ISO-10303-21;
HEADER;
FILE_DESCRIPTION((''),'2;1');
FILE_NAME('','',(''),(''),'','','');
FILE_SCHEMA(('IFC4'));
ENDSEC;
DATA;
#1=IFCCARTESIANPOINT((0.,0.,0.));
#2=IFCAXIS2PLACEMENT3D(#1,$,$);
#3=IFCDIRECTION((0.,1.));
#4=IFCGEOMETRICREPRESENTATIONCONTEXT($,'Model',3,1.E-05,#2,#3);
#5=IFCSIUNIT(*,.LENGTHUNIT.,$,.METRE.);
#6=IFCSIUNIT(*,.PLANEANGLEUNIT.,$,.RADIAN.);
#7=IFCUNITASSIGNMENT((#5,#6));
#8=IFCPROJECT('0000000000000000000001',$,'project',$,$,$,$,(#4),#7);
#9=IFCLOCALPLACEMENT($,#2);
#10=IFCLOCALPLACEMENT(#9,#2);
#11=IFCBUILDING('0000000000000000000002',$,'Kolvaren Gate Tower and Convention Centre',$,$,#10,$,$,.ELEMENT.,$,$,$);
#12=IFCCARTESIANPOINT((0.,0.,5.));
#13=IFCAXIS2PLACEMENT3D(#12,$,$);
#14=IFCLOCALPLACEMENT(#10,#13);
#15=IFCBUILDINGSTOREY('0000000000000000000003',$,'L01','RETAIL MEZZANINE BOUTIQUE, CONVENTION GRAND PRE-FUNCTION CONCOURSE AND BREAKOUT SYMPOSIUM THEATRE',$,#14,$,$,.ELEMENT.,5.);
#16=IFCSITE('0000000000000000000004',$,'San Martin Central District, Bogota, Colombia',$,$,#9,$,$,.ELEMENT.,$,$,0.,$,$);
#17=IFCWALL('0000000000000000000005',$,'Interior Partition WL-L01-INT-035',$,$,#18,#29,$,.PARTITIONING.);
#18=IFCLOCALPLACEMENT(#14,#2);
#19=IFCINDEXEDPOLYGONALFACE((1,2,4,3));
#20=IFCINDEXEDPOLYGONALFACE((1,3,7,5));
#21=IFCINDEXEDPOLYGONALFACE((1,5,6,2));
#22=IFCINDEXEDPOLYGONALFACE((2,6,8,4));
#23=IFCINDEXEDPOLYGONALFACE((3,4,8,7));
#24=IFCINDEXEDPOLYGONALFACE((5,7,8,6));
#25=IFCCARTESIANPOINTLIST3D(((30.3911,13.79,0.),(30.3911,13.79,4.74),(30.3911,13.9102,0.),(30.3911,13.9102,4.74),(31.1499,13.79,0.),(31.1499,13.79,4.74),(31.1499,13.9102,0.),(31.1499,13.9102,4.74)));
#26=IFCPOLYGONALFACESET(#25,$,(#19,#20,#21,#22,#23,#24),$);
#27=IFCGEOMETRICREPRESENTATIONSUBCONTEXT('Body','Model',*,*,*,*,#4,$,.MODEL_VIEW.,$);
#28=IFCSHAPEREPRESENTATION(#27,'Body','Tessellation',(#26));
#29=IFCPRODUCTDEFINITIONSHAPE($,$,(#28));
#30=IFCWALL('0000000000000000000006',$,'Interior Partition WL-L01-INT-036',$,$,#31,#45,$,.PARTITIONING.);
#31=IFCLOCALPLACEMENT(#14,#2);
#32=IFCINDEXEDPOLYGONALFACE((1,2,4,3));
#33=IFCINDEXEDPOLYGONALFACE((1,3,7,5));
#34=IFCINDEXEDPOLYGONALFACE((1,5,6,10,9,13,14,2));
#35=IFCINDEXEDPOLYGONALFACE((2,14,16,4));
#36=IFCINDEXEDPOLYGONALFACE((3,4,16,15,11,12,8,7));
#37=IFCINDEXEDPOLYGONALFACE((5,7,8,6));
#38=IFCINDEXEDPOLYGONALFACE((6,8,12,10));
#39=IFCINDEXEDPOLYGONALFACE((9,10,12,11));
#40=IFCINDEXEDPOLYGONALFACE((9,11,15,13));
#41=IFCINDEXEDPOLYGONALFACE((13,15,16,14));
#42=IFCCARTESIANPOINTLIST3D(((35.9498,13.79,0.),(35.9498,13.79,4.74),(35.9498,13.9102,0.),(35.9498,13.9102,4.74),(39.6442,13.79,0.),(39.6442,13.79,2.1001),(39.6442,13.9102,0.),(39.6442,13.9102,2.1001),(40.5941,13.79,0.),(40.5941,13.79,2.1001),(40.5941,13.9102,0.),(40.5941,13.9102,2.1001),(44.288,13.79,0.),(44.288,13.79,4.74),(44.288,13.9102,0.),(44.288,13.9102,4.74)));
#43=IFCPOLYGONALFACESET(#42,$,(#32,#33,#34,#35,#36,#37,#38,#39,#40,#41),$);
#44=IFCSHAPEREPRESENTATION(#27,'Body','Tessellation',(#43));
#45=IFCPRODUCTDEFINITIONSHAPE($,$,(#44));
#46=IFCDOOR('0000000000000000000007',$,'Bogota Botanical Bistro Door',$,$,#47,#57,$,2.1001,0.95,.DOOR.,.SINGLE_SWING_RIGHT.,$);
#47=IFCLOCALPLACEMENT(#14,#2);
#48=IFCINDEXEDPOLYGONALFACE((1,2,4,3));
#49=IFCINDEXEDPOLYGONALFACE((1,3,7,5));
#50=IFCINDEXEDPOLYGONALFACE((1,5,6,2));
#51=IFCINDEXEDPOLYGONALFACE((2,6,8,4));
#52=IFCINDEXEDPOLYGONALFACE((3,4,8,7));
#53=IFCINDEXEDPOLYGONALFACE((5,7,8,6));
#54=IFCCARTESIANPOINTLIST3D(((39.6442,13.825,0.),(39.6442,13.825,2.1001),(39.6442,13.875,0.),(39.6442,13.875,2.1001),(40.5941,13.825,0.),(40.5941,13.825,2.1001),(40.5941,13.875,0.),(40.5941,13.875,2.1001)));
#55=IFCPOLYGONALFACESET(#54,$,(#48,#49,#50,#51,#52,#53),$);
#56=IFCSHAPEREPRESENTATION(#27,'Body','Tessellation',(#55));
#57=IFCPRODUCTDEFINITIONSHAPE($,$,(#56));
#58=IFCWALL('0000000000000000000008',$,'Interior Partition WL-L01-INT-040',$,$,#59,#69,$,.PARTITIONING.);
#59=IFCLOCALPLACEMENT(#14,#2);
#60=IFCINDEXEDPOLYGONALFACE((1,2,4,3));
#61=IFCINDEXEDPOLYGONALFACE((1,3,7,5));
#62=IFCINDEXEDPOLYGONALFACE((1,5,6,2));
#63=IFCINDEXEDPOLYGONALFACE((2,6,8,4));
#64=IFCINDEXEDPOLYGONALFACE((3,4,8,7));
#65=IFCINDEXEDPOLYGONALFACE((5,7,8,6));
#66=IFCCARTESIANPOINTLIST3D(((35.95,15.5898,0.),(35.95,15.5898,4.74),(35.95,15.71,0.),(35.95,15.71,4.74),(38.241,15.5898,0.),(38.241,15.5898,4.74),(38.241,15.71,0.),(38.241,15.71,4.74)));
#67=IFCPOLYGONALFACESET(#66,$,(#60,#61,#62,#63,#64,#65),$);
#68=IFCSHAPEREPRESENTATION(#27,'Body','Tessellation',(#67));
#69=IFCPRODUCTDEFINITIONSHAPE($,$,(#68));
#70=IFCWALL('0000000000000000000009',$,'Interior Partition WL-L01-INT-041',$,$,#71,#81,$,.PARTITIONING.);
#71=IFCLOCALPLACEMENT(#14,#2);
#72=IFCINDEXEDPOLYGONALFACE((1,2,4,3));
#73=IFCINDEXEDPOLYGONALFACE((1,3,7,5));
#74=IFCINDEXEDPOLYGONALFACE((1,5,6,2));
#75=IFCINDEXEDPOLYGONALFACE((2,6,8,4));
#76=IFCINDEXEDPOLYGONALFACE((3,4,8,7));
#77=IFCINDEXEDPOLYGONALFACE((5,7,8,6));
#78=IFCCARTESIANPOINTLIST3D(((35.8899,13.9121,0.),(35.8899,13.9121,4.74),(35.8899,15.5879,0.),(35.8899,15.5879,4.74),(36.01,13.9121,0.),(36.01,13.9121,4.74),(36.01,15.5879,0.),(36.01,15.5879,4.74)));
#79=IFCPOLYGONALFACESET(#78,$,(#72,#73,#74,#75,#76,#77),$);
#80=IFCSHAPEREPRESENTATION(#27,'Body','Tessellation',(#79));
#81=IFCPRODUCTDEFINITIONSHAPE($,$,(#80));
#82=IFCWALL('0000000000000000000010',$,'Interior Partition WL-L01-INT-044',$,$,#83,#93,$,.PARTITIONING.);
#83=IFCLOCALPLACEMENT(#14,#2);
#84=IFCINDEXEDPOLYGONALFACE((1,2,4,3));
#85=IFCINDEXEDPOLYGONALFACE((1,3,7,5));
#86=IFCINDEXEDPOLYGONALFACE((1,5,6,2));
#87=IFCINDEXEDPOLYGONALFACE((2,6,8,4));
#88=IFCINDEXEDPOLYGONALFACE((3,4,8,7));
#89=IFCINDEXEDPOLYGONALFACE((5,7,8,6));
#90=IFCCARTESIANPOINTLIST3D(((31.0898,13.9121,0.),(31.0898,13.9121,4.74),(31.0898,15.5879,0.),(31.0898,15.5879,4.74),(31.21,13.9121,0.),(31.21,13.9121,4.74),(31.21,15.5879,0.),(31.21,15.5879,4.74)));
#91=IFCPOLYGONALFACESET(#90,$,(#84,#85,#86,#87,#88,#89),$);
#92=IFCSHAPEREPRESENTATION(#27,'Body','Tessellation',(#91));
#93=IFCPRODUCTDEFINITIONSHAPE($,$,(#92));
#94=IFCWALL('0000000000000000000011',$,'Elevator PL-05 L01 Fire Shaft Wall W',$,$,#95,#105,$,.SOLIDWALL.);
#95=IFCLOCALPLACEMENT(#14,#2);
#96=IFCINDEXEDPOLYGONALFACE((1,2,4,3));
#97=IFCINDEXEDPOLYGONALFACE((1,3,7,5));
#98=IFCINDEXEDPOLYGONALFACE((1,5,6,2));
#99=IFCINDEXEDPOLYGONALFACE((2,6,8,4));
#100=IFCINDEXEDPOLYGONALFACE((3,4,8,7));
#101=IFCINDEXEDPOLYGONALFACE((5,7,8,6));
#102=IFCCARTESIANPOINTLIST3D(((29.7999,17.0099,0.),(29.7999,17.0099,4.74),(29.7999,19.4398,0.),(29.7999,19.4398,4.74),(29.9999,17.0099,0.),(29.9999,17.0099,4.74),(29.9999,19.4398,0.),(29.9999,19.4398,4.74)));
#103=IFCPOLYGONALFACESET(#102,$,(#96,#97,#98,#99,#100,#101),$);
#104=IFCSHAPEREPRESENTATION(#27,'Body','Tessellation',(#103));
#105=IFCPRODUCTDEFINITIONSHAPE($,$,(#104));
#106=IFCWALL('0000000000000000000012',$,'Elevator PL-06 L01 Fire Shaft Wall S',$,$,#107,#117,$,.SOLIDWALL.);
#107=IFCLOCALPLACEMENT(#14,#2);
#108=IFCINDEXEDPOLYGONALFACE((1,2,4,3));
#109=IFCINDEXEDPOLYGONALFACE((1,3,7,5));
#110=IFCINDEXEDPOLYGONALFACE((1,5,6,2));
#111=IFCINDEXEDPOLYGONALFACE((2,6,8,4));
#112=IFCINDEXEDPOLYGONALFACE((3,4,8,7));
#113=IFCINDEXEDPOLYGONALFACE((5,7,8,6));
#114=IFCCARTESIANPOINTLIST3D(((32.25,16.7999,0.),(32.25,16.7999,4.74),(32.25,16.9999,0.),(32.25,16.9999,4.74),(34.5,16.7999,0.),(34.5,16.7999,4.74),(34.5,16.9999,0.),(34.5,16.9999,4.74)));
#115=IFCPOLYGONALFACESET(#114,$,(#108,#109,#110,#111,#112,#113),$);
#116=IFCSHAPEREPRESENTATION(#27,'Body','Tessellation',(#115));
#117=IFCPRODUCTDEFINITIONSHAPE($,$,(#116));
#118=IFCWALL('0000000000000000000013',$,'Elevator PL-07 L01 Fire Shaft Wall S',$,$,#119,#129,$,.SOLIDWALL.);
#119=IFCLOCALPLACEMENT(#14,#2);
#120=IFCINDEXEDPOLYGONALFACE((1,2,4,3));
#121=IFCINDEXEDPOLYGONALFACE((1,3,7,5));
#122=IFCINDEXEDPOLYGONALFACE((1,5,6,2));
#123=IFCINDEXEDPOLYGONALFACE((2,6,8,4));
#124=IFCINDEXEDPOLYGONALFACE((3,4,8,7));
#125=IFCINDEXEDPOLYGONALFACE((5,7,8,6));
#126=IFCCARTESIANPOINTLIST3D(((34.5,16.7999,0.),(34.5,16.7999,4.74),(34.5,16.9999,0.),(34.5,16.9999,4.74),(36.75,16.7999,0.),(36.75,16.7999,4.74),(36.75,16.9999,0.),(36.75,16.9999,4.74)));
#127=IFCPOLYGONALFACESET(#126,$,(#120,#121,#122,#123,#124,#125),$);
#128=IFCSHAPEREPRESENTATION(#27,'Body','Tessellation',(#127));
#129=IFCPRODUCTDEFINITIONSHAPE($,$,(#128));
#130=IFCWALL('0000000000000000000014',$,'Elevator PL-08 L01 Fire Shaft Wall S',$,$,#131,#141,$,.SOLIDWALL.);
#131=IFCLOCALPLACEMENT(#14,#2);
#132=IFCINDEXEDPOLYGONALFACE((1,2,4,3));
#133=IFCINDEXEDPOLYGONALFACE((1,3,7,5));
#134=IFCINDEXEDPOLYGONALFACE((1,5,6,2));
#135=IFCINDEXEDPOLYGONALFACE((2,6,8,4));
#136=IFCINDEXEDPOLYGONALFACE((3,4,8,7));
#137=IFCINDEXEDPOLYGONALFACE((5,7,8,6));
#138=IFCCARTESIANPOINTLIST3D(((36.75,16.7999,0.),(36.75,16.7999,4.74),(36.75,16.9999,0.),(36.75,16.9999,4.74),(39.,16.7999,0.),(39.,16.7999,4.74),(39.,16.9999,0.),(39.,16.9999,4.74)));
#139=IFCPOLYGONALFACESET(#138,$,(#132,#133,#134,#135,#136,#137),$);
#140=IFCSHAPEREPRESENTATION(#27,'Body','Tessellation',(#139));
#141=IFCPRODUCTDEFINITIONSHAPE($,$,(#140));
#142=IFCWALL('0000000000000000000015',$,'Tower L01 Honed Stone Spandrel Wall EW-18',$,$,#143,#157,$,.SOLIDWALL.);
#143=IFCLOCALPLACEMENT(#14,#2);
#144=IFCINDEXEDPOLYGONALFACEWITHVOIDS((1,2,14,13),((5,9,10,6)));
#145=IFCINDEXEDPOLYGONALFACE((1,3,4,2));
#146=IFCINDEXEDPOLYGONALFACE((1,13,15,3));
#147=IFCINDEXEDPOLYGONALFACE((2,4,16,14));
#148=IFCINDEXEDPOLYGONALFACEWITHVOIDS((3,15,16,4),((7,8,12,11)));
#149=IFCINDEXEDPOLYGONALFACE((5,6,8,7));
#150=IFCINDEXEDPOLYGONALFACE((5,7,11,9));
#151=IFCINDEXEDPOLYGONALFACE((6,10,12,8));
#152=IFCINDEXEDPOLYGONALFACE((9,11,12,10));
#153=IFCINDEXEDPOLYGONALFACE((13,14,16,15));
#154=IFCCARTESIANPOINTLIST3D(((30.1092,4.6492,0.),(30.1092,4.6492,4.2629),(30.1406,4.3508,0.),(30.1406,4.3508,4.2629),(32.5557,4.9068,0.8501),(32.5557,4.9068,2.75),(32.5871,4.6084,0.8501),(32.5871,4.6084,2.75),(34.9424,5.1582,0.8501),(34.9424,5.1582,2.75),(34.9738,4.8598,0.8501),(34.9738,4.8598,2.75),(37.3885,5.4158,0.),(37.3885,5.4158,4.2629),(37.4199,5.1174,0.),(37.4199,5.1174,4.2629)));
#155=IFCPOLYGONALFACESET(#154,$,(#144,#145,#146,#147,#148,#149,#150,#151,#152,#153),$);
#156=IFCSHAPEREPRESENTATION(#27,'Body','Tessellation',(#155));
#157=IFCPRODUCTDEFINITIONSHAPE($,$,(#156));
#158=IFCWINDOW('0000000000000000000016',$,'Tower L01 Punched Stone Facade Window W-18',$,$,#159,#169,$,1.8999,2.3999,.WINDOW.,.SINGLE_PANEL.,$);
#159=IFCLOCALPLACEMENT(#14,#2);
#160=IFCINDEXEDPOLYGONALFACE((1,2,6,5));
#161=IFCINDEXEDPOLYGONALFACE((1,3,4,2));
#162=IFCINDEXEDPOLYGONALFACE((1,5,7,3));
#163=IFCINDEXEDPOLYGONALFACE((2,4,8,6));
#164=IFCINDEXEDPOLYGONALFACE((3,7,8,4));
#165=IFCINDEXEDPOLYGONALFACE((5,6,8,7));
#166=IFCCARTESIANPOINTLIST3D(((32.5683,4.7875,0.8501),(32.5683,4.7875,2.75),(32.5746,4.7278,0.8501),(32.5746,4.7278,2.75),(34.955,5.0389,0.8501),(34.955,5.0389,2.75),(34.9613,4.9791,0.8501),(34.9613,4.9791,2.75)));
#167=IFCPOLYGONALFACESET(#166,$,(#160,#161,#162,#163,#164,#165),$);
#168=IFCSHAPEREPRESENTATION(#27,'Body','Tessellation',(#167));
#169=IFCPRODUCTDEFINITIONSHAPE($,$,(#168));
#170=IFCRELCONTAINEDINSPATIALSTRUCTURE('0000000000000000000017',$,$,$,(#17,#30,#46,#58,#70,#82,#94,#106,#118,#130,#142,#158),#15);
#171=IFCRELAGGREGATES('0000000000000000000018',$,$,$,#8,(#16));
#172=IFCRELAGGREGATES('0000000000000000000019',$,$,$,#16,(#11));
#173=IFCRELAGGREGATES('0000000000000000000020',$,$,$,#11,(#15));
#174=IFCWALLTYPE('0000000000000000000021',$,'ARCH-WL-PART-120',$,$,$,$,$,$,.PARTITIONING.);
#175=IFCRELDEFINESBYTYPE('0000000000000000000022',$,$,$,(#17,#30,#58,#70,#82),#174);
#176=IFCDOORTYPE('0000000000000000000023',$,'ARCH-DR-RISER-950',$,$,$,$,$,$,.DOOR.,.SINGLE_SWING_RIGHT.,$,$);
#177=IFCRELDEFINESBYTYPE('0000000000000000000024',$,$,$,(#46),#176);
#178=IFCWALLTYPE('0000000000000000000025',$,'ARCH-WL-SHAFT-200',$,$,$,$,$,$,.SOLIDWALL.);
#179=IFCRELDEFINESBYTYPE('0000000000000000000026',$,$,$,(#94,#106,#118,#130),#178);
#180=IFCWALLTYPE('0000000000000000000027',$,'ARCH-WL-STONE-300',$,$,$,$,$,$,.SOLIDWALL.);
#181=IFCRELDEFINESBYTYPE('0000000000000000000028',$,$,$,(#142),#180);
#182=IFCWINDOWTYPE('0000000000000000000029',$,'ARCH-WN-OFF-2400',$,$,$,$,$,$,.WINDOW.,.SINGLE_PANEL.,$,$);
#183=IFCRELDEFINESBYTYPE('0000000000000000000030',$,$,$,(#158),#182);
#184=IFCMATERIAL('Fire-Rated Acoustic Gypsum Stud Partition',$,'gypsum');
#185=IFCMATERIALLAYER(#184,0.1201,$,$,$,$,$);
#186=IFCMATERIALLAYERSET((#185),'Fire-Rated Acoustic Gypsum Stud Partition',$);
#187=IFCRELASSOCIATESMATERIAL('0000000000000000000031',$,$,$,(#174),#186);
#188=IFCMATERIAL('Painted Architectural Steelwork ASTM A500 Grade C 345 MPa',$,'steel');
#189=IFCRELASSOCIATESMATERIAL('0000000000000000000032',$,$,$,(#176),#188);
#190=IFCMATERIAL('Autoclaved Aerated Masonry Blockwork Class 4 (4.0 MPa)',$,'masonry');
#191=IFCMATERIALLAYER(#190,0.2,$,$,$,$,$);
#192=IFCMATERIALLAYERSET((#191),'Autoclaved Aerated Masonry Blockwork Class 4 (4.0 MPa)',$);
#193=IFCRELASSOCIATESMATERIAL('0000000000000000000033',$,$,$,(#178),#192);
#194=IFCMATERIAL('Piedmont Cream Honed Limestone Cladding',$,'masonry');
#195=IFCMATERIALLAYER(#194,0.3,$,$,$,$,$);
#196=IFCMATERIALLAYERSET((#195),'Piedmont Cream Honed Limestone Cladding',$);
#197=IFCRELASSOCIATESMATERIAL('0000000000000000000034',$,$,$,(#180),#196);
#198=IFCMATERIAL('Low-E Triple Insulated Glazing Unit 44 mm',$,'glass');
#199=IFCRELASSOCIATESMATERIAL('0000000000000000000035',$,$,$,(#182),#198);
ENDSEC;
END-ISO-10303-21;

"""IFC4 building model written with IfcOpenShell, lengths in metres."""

from ifc_helpers import new_model, si_unit, direction, frame, frame_2d, origin, place, context, subcontext, project, spatial, rectangle, extrude, material, layer, layer_set, type_object, element, fill, save


model = new_model("IFC4")

# Units and contexts
model_context = context("Model", 3, precision=1e-05, world=origin(), true_north=direction((0.0, 1.0)))
body_context = subcontext(model_context, "Body", "Model", "MODEL_VIEW")
ifc_project = project(units=[si_unit("LENGTHUNIT", "METRE"), si_unit("PLANEANGLEUNIT", "RADIAN")], contexts=[model_context])

# Site, building, storey
site_placement = place(None, origin())
site = spatial("IfcSite", under=ifc_project, at=site_placement, Name="San Martin Central District, Bogota, Colombia", CompositionType="ELEMENT", RefElevation=0.0)
building_placement = place(site_placement, origin())
building = spatial("IfcBuilding", under=site, at=building_placement, Name="Kolvaren Gate Tower and Convention Centre", CompositionType="ELEMENT")
storey_placement = place(building_placement, frame((0.0, 0.0, 5.0)))
storey = spatial("IfcBuildingStorey", under=building, at=storey_placement, Name="L01", Description="RETAIL MEZZANINE BOUTIQUE, CONVENTION GRAND PRE-FUNCTION CONCOURSE AND BREAKOUT SYMPOSIUM THEATRE", CompositionType="ELEMENT", Elevation=5.0)

# Wall
ifc_material_1 = material(Name="Fire-Rated Acoustic Gypsum Stud Partition", Category="gypsum")
ifc_layer_1 = layer(ifc_material_1, 0.1201)
ifc_layer_set_1 = layer_set([ifc_layer_1], Name="Fire-Rated Acoustic Gypsum Stud Partition")
wall_type_1 = type_object("IfcWallType", Name="ARCH-WL-PART-120", PredefinedType="PARTITIONING", material=ifc_layer_set_1)
wall_1_placement = place(storey_placement, frame((30.3911, 13.8501, 0.0), z_axis=(0.0, 0.0, 1.0), x_axis=(1.0, 0.0, 0.0)))
element("IfcWall", 1, at=wall_1_placement, inside=storey, type_object=wall_type_1, Name="Interior Partition WL-L01-INT-035", PredefinedType="PARTITIONING", context=body_context, shape_type="SweptSolid", body=[
    extrude(rectangle(XDim=0.7588, YDim=0.1201, at=frame_2d((0.3794, 0.0))), origin(), (0.0, 0.0, 1.0), 4.74),
])

# Wall, opening, door
wall_2_placement = place(storey_placement, frame((35.95, 13.8501, 0.0), z_axis=(0.0, 0.0, 1.0), x_axis=(1.0, 0.0, 0.0)))
wall_2 = element("IfcWall", 2, at=wall_2_placement, inside=storey, type_object=wall_type_1, Name="Interior Partition WL-L01-INT-036", PredefinedType="PARTITIONING", context=body_context, shape_type="SweptSolid", body=[
    extrude(rectangle(XDim=8.3381, YDim=0.1201, at=frame_2d((4.1689, 0.0))), origin(), (0.0, 0.0, 1.0), 4.74),
])
opening_1_placement = place(wall_2_placement, frame((3.6941, 0.0, 0.0)))
opening_1 = element("IfcOpeningElement", 3, at=opening_1_placement, cuts=wall_2, PredefinedType="OPENING", context=body_context, shape_type="SweptSolid", body=[
    extrude(rectangle(XDim=0.95, YDim=2.1001, at=frame_2d((0.4751, 1.05))), frame((0.0, 0.0701, 0.0), z_axis=(0.0, -1.0, 0.0), x_axis=(1.0, 0.0, 0.0)), (0.0, 0.0, 1.0), 0.1401),
])
ifc_material_2 = material(Name="Painted Architectural Steelwork ASTM A500 Grade C 345 MPa", Category="steel")
door_type = type_object("IfcDoorType", Name="ARCH-DR-RISER-950", OperationType="SINGLE_SWING_RIGHT", PredefinedType="DOOR", material=ifc_material_2)
door_placement = place(opening_1_placement, origin())
door = element("IfcDoor", 4, at=door_placement, inside=storey, type_object=door_type, Name="Bogota Botanical Bistro Door", OperationType="SINGLE_SWING_RIGHT", OverallHeight=2.1001, OverallWidth=0.95, PredefinedType="DOOR", context=body_context, shape_type="SweptSolid", body=[
    extrude(rectangle(XDim=0.95, YDim=2.1001, at=frame_2d((0.4751, 1.05))), frame((0.0, 0.0249, 0.0), z_axis=(0.0, -1.0, 0.0), x_axis=(1.0, 0.0, 0.0)), (0.0, 0.0, 1.0), 0.05),
])
fill(opening_1, door)

# Walls
wall_3_placement = place(storey_placement, frame((35.95, 15.6499, 0.0), z_axis=(0.0, 0.0, 1.0), x_axis=(1.0, 0.0, 0.0)))
element("IfcWall", 5, at=wall_3_placement, inside=storey, type_object=wall_type_1, Name="Interior Partition WL-L01-INT-040", PredefinedType="PARTITIONING", context=body_context, shape_type="SweptSolid", body=[
    extrude(rectangle(XDim=2.291, YDim=0.1201, at=frame_2d((1.1455, 0.0))), origin(), (0.0, 0.0, 1.0), 4.74),
])
for number, where, z_axis, x_axis, name in (
    (6, (35.95, 13.9121, 0.0), (0.0, 0.0, 1.0), (0.0, 1.0, 0.0), "Interior Partition WL-L01-INT-041"),
    (7, (31.1499, 13.9121, 0.0), (0.0, 0.0, 1.0), (0.0, 1.0, 0.0), "Interior Partition WL-L01-INT-044"),
):
    element("IfcWall", number, at=place(storey_placement, frame(where, z_axis=z_axis, x_axis=x_axis)), inside=storey, type_object=wall_type_1, Name=name, PredefinedType="PARTITIONING", context=body_context, shape_type="SweptSolid", body=[
        extrude(rectangle(XDim=1.6758, YDim=0.1201, at=frame_2d((0.8379, 0.0))), origin(), (0.0, 0.0, 1.0), 4.74),
    ])
ifc_material_3 = material(Name="Autoclaved Aerated Masonry Blockwork Class 4 (4.0 MPa)", Category="masonry")
ifc_layer_2 = layer(ifc_material_3, 0.2)
ifc_layer_set_2 = layer_set([ifc_layer_2], Name="Autoclaved Aerated Masonry Blockwork Class 4 (4.0 MPa)")
wall_type_2 = type_object("IfcWallType", Name="ARCH-WL-SHAFT-200", PredefinedType="SOLIDWALL", material=ifc_layer_set_2)
wall_4_placement = place(storey_placement, frame((29.8999, 17.01, 0.0), z_axis=(0.0, 0.0, 1.0), x_axis=(0.0, 1.0, 0.0)))
element("IfcWall", 8, at=wall_4_placement, inside=storey, type_object=wall_type_2, Name="Elevator PL-05 L01 Fire Shaft Wall W", PredefinedType="SOLIDWALL", context=body_context, shape_type="SweptSolid", body=[
    extrude(rectangle(XDim=2.4299, YDim=0.2, at=frame_2d((1.2148, 0.0))), origin(), (0.0, 0.0, 1.0), 4.74),
])
for number, where, z_axis, x_axis, name in (
    (9, (32.25, 16.8999, 0.0), (0.0, 0.0, 1.0), (1.0, 0.0, 0.0), "Elevator PL-06 L01 Fire Shaft Wall S"),
    (10, (34.5, 16.8999, 0.0), (0.0, 0.0, 1.0), (1.0, 0.0, 0.0), "Elevator PL-07 L01 Fire Shaft Wall S"),
    (11, (36.75, 16.8999, 0.0), (0.0, 0.0, 1.0), (1.0, 0.0, 0.0), "Elevator PL-08 L01 Fire Shaft Wall S"),
):
    element("IfcWall", number, at=place(storey_placement, frame(where, z_axis=z_axis, x_axis=x_axis)), inside=storey, type_object=wall_type_2, Name=name, PredefinedType="SOLIDWALL", context=body_context, shape_type="SweptSolid", body=[
        extrude(rectangle(XDim=2.25, YDim=0.2, at=frame_2d((1.125, 0.0))), origin(), (0.0, 0.0, 1.0), 4.74),
    ])

# Wall, opening, window
ifc_material_4 = material(Name="Piedmont Cream Honed Limestone Cladding", Category="masonry")
ifc_layer_3 = layer(ifc_material_4, 0.3)
ifc_layer_set_3 = layer_set([ifc_layer_3], Name="Piedmont Cream Honed Limestone Cladding")
wall_type_3 = type_object("IfcWallType", Name="ARCH-WL-STONE-300", PredefinedType="SOLIDWALL", material=ifc_layer_set_3)
wall_5_placement = place(storey_placement, frame((30.125, 4.5, 0.0), z_axis=(0.0, 0.0, 1.0), x_axis=(0.9945, 0.104733, 0.0)))
wall_5 = element("IfcWall", 12, at=wall_5_placement, inside=storey, type_object=wall_type_3, Name="Tower L01 Honed Stone Spandrel Wall EW-18", PredefinedType="SOLIDWALL", context=body_context, shape_type="SweptSolid", body=[
    extrude(rectangle(XDim=7.3196, YDim=0.3, at=frame_2d((3.6597, 0.0))), origin(), (0.0, 0.0, 1.0), 4.2629),
])
opening_2_placement = place(wall_5_placement, frame((2.46, 0.0, 0.8501)))
opening_2 = element("IfcOpeningElement", 13, at=opening_2_placement, cuts=wall_5, PredefinedType="OPENING", context=body_context, shape_type="SweptSolid", body=[
    extrude(rectangle(XDim=2.3999, YDim=1.8999, at=frame_2d((1.2, 0.95))), frame((0.0, 0.1599, 0.0), z_axis=(0.0, -1.0, 0.0), x_axis=(1.0, 0.0, 0.0)), (0.0, 0.0, 1.0), 0.3201),
])
ifc_material_5 = material(Name="Low-E Triple Insulated Glazing Unit 44 mm", Category="glass")
window_type = type_object("IfcWindowType", Name="ARCH-WN-OFF-2400", PartitioningType="SINGLE_PANEL", PredefinedType="WINDOW", material=ifc_material_5)
window_1_placement = place(opening_2_placement, origin())
window_1 = element("IfcWindow", 14, at=window_1_placement, inside=storey, type_object=window_type, Name="Tower L01 Punched Stone Facade Window W-18", OverallHeight=1.8999, OverallWidth=2.3999, PartitioningType="SINGLE_PANEL", PredefinedType="WINDOW", context=body_context, shape_type="SweptSolid", body=[
    extrude(rectangle(XDim=2.3999, YDim=1.8999, at=frame_2d((1.2, 0.95))), frame((0.0, 0.03, 0.0), z_axis=(0.0, -1.0, 0.0), x_axis=(1.0, 0.0, 0.0)), (0.0, 0.0, 1.0), 0.0601),
])
fill(opening_2, window_1)

save(model, "model.ifc")
